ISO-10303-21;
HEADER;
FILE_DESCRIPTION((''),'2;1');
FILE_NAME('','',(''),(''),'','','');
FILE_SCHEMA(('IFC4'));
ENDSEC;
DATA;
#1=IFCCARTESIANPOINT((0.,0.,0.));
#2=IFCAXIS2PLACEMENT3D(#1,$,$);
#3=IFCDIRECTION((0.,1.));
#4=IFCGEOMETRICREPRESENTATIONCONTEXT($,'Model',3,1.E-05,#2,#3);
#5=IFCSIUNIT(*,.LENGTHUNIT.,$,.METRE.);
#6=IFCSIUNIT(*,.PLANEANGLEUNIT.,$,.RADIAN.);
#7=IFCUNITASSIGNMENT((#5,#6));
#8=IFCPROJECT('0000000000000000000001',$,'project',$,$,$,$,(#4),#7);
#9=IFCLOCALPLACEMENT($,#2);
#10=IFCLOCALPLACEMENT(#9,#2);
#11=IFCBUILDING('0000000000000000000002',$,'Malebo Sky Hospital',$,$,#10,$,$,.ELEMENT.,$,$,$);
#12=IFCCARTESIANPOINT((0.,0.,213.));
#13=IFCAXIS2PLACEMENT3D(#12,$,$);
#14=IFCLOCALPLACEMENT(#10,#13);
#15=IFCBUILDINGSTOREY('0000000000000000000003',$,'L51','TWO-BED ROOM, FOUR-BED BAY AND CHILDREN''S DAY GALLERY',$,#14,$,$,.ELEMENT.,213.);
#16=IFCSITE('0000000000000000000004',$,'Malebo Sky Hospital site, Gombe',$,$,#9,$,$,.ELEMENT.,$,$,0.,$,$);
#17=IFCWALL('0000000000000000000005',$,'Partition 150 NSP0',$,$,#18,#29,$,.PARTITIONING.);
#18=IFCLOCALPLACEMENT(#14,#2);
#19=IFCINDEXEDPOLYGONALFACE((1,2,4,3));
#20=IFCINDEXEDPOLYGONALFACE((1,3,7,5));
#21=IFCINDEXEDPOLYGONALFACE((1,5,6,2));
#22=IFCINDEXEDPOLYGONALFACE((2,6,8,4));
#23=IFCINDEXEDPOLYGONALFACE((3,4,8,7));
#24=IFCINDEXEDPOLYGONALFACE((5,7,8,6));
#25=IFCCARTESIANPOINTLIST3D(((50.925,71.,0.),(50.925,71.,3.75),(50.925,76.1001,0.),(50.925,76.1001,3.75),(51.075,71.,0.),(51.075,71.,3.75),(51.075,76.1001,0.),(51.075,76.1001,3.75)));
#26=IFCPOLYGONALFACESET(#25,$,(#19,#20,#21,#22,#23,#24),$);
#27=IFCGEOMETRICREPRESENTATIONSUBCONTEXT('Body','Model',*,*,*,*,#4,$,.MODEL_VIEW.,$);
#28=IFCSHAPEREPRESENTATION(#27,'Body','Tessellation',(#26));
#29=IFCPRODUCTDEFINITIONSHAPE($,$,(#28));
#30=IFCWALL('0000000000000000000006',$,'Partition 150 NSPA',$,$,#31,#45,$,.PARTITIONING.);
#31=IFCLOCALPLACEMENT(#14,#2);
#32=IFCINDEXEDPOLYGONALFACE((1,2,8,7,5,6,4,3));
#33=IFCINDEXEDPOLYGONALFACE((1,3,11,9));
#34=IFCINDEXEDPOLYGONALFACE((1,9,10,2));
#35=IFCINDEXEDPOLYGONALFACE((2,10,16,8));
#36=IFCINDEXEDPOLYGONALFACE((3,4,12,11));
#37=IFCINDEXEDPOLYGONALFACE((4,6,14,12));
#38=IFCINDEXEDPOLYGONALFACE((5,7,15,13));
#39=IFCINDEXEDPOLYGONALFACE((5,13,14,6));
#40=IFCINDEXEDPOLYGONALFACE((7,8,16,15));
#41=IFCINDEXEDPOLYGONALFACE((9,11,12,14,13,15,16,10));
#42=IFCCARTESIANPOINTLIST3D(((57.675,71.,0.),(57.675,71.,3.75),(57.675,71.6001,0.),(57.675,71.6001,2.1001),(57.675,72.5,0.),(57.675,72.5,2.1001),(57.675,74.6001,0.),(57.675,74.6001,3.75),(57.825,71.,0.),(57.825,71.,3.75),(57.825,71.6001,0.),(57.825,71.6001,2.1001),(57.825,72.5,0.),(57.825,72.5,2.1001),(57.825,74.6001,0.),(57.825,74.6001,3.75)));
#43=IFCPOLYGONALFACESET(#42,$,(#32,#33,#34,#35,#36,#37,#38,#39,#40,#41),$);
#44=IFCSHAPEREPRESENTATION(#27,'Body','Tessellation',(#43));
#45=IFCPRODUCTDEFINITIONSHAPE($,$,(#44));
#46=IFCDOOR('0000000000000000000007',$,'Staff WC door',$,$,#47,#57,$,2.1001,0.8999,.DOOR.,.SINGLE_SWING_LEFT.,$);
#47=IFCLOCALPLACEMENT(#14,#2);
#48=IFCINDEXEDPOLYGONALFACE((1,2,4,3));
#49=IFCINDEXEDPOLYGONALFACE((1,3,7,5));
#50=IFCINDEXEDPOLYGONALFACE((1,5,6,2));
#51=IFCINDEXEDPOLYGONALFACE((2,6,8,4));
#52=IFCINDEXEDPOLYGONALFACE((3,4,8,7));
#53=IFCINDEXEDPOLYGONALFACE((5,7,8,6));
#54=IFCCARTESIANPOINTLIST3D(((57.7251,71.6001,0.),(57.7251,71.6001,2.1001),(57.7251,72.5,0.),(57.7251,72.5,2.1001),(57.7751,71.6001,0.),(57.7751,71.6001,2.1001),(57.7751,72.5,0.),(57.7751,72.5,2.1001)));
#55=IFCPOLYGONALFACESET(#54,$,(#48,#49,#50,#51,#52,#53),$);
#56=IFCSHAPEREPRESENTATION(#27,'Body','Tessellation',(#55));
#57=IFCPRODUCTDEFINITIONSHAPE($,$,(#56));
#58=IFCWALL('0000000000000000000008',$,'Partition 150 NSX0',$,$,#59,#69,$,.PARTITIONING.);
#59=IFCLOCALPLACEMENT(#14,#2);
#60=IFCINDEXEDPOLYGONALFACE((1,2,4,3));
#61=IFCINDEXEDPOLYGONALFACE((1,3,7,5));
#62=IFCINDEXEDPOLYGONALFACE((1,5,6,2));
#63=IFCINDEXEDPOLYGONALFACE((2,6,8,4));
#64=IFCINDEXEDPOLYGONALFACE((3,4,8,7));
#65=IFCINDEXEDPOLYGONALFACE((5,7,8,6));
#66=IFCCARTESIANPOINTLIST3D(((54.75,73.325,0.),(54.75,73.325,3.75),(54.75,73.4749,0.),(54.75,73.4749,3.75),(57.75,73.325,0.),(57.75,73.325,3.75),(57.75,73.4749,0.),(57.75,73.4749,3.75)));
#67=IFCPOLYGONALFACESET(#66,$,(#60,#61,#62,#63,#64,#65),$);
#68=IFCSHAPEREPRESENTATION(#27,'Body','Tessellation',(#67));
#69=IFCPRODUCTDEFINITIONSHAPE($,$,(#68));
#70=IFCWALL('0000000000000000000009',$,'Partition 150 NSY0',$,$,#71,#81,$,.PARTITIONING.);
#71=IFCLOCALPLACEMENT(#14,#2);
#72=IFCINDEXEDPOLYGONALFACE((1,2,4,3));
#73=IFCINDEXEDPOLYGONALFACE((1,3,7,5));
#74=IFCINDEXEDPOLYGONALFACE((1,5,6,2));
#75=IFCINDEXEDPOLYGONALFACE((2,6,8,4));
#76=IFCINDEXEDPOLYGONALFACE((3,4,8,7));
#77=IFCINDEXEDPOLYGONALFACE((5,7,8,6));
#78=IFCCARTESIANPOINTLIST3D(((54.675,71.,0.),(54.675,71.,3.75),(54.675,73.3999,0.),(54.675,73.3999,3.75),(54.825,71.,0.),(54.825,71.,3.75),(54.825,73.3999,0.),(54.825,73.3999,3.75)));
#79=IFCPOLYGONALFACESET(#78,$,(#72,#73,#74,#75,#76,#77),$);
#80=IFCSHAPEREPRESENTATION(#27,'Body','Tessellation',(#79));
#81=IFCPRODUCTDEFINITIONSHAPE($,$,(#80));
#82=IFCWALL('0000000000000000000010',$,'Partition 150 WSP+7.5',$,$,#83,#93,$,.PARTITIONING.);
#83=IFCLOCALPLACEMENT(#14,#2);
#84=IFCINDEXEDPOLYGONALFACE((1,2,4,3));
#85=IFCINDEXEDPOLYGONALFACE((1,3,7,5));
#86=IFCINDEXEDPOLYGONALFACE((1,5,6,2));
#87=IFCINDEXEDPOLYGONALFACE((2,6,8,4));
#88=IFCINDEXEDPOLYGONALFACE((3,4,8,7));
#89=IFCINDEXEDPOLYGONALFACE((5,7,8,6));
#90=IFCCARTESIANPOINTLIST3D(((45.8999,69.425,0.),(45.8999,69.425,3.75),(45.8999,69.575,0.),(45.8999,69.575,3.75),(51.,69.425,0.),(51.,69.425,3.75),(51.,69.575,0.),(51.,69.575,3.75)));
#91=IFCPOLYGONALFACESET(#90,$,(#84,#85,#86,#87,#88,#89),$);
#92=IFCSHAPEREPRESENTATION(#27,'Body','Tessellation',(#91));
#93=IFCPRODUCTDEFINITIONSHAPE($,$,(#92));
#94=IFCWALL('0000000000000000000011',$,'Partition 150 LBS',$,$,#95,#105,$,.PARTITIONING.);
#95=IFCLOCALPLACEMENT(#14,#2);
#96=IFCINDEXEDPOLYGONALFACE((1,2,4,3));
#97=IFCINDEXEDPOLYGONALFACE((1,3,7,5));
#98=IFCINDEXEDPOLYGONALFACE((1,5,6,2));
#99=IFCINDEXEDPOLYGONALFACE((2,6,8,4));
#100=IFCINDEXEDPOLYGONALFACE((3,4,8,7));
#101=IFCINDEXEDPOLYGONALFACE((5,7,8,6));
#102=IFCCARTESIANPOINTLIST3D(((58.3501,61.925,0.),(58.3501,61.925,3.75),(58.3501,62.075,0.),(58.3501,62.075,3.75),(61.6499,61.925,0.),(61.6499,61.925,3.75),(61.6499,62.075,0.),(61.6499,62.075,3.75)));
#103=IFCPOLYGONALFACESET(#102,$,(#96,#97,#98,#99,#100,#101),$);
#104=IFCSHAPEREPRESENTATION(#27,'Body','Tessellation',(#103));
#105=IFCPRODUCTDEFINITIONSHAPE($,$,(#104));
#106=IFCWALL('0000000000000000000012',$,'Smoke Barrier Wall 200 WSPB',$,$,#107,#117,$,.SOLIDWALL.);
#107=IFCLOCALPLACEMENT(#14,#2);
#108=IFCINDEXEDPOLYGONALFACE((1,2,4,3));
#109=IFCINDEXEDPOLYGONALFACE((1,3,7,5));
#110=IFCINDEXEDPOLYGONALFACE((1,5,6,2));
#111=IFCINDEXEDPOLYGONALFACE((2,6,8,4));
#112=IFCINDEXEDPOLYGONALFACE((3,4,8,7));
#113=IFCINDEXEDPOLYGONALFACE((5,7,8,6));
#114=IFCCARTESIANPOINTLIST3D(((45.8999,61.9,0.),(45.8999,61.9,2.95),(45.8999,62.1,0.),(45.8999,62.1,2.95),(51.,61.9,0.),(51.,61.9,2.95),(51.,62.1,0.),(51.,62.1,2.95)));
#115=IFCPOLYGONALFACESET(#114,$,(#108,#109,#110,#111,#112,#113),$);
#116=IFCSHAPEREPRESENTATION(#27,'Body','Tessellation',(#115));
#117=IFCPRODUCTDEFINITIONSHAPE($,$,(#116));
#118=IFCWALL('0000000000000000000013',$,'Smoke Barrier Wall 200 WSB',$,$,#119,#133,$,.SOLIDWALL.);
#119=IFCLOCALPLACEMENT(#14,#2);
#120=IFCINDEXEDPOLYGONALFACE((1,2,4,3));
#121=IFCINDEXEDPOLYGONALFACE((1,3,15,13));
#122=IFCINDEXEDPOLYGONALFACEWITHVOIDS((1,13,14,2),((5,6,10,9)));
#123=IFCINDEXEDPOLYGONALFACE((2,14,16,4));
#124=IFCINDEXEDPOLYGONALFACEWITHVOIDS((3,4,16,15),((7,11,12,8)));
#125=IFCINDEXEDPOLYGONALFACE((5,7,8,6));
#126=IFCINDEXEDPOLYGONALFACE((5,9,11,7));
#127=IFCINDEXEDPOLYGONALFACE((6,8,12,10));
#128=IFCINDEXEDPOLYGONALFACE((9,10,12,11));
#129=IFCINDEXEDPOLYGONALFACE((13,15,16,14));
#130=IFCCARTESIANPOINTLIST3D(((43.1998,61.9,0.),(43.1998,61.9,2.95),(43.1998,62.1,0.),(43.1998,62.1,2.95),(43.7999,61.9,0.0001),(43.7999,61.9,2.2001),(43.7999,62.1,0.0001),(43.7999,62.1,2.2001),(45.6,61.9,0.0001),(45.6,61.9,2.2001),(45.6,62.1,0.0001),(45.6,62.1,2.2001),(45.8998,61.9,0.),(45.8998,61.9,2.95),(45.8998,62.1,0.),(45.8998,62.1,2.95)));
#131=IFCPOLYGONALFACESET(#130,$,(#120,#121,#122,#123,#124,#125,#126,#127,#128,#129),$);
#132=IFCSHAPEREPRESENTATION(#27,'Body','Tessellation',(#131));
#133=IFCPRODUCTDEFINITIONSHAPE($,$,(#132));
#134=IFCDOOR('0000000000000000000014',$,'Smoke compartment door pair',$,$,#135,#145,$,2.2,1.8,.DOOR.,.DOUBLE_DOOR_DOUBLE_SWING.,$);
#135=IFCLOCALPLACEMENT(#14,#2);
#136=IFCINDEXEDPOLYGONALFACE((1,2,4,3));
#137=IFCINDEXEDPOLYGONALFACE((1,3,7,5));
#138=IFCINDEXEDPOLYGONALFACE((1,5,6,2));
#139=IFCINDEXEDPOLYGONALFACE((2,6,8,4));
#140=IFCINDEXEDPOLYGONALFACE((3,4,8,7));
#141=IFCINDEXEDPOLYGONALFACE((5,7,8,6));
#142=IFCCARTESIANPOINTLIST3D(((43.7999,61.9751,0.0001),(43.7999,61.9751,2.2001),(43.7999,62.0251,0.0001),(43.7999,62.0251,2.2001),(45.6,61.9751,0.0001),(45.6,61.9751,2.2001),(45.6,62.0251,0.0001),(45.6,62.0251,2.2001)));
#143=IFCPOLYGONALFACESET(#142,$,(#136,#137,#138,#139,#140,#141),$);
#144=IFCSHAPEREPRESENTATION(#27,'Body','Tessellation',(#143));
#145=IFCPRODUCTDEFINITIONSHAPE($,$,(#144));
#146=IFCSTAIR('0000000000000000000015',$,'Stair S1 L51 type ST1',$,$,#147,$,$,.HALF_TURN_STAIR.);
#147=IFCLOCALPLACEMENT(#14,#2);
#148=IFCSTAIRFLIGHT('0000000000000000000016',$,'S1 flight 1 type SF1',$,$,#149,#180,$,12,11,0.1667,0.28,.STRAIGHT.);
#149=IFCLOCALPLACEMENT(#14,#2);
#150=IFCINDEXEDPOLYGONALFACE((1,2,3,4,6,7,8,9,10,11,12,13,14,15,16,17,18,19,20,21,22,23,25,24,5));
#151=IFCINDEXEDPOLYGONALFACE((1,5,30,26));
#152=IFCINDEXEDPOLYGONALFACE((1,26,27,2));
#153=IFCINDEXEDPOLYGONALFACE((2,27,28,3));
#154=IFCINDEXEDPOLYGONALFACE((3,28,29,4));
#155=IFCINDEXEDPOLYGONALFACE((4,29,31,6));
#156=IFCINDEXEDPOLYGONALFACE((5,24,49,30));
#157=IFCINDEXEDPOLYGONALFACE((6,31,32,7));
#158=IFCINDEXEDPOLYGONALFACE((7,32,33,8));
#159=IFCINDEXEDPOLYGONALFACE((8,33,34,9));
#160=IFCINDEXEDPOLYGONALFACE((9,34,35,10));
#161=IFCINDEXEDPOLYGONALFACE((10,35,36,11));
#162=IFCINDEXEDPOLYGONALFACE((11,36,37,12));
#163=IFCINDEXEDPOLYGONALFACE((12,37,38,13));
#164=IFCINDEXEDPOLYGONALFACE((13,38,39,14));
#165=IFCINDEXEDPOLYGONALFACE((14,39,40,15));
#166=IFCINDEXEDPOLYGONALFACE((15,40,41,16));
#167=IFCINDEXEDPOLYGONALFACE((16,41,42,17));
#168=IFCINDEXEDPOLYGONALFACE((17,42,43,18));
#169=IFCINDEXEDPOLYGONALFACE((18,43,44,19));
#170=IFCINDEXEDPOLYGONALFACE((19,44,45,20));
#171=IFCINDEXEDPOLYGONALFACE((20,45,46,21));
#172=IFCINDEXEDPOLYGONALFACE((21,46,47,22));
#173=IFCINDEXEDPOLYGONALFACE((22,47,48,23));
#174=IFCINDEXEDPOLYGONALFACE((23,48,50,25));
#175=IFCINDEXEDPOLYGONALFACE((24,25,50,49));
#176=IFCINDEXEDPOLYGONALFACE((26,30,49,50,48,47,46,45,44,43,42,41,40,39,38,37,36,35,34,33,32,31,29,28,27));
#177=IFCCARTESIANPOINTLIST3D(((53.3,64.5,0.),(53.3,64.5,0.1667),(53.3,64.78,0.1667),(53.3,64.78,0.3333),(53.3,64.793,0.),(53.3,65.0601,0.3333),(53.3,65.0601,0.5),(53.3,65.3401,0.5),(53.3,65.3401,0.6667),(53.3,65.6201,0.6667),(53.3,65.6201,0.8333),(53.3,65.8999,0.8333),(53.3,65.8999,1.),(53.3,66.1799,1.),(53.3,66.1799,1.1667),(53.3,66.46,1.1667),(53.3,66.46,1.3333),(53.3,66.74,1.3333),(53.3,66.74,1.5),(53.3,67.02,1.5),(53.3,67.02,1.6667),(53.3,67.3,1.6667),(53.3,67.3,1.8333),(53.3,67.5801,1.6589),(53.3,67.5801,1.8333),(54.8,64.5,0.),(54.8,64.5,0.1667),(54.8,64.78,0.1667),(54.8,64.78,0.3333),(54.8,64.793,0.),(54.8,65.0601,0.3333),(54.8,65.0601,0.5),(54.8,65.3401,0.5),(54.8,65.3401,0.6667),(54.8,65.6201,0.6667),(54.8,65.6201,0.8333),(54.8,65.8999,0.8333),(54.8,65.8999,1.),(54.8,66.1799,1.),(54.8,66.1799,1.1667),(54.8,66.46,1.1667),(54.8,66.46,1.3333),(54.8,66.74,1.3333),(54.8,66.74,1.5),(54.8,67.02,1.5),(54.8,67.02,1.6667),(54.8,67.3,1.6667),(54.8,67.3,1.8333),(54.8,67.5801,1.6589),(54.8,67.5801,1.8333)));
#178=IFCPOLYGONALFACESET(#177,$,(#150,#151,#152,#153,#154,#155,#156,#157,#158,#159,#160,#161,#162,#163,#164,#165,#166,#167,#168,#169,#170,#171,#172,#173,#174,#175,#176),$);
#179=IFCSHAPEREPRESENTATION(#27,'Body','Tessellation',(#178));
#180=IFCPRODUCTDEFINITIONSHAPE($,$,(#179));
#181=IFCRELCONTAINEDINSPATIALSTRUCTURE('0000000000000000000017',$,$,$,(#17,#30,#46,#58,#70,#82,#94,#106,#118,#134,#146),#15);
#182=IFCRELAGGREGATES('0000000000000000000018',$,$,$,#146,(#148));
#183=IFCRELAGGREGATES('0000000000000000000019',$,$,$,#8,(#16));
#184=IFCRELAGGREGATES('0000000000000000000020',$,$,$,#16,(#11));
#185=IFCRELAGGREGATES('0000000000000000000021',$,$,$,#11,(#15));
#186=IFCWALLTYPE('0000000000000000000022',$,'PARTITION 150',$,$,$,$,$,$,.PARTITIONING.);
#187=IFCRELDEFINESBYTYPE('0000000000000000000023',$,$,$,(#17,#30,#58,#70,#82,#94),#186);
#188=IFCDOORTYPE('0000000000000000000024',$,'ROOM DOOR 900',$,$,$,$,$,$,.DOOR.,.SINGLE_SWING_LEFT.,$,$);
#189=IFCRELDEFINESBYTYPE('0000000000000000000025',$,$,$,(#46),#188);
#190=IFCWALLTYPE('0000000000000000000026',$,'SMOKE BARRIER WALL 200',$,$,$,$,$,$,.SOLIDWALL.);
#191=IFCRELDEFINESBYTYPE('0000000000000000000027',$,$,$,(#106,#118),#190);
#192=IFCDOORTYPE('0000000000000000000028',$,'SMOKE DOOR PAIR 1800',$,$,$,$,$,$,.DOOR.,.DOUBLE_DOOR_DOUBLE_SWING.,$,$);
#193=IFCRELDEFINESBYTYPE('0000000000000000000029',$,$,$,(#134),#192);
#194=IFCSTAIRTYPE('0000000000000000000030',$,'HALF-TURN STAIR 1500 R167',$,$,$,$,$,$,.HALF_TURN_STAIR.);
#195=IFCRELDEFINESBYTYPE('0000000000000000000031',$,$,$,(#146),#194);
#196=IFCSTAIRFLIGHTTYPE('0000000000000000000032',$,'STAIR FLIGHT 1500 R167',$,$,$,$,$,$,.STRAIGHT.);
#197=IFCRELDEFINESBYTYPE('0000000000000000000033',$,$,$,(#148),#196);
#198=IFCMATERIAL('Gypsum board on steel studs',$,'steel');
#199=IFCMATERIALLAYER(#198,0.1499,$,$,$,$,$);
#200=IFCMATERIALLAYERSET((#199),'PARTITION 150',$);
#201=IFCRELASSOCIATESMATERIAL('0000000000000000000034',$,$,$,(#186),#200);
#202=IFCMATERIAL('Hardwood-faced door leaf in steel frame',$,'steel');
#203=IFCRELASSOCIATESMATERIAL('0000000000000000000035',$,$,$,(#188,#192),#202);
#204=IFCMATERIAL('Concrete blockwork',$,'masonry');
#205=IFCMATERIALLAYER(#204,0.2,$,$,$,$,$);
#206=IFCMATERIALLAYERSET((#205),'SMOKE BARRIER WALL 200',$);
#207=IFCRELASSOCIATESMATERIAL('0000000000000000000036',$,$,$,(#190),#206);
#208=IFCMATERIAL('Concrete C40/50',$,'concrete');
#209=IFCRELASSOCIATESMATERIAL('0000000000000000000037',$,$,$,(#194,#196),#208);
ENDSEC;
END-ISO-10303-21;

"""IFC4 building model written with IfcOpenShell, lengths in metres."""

from ifc_helpers import new_model, si_unit, direction, frame, frame_2d, origin, place, context, subcontext, project, spatial, polyline, rectangle, outline, extrude, material, layer, layer_set, type_object, element, fill, aggregate, save


model = new_model("IFC4")

# Units and contexts
model_context = context("Model", 3, precision=1e-05, world=origin(), true_north=direction((0.0, 1.0)))
body_context = subcontext(model_context, "Body", "Model", "MODEL_VIEW")
ifc_project = project(units=[si_unit("LENGTHUNIT", "METRE"), si_unit("PLANEANGLEUNIT", "RADIAN")], contexts=[model_context])

# Site, building, storey
site_placement = place(None, origin())
site = spatial("IfcSite", under=ifc_project, at=site_placement, Name="Malebo Sky Hospital site, Gombe", CompositionType="ELEMENT", RefElevation=0.0)
building_placement = place(site_placement, origin())
building = spatial("IfcBuilding", under=site, at=building_placement, Name="Malebo Sky Hospital", CompositionType="ELEMENT")
storey_placement = place(building_placement, frame((0.0, 0.0, 213.0)))
storey = spatial("IfcBuildingStorey", under=building, at=storey_placement, Name="L51", Description="TWO-BED ROOM, FOUR-BED BAY AND CHILDREN'S DAY GALLERY", CompositionType="ELEMENT", Elevation=213.0)

# Shared definitions
ifc_material_1 = material(Name="Hardwood-faced door leaf in steel frame", Category="steel")
ifc_material_2 = material(Name="Gypsum board on steel studs", Category="steel")

# Wall
ifc_layer_1 = layer(ifc_material_2, 0.1499)
ifc_layer_set_1 = layer_set([ifc_layer_1], Name="PARTITION 150")
wall_type_1 = type_object("IfcWallType", Name="PARTITION 150", PredefinedType="PARTITIONING", material=ifc_layer_set_1)
wall_1_placement = place(storey_placement, frame((51.0, 71.0, 0.0), z_axis=(0.0, 0.0, 1.0), x_axis=(0.0, 1.0, 0.0)))
element("IfcWall", 1, at=wall_1_placement, inside=storey, type_object=wall_type_1, Name="Partition 150 NSP0", PredefinedType="PARTITIONING", context=body_context, shape_type="SweptSolid", body=[
    extrude(rectangle(XDim=5.1001, YDim=0.1499, at=frame_2d((2.55, 0.0))), origin(), (0.0, 0.0, 1.0), 3.75),
])

# Wall, opening, door
wall_2_placement = place(storey_placement, frame((57.75, 71.0, 0.0), z_axis=(0.0, 0.0, 1.0), x_axis=(0.0, 1.0, 0.0)))
wall_2 = element("IfcWall", 2, at=wall_2_placement, inside=storey, type_object=wall_type_1, Name="Partition 150 NSPA", PredefinedType="PARTITIONING", context=body_context, shape_type="SweptSolid", body=[
    extrude(rectangle(XDim=3.6001, YDim=0.1499, at=frame_2d((1.8, 0.0))), origin(), (0.0, 0.0, 1.0), 3.75),
])
opening_1_placement = place(wall_2_placement, frame((0.6001, 0.0, 0.0)))
opening_1 = element("IfcOpeningElement", 3, at=opening_1_placement, cuts=wall_2, PredefinedType="OPENING", context=body_context, shape_type="SweptSolid", body=[
    extrude(rectangle(XDim=0.8999, YDim=2.1001, at=frame_2d((0.45, 1.05))), frame((0.0, 0.085, 0.0), z_axis=(0.0, -1.0, 0.0), x_axis=(1.0, 0.0, 0.0)), (0.0, 0.0, 1.0), 0.1699),
])
door_type_1 = type_object("IfcDoorType", Name="ROOM DOOR 900", OperationType="SINGLE_SWING_LEFT", PredefinedType="DOOR", material=ifc_material_1)
door_1_placement = place(opening_1_placement, origin())
door_1 = element("IfcDoor", 4, at=door_1_placement, inside=storey, type_object=door_type_1, Name="Staff WC door", OperationType="SINGLE_SWING_LEFT", OverallHeight=2.1001, OverallWidth=0.8999, PredefinedType="DOOR", context=body_context, shape_type="SweptSolid", body=[
    extrude(rectangle(XDim=0.8999, YDim=2.1001, at=frame_2d((0.45, 1.05))), frame((0.0, 0.0249, 0.0), z_axis=(0.0, -1.0, 0.0), x_axis=(1.0, 0.0, 0.0)), (0.0, 0.0, 1.0), 0.05),
])
fill(opening_1, door_1)

# Walls
wall_3_placement = place(storey_placement, frame((54.75, 73.3999, 0.0), z_axis=(0.0, 0.0, 1.0), x_axis=(1.0, 0.0, 0.0)))
element("IfcWall", 5, at=wall_3_placement, inside=storey, type_object=wall_type_1, Name="Partition 150 NSX0", PredefinedType="PARTITIONING", context=body_context, shape_type="SweptSolid", body=[
    extrude(rectangle(XDim=3.0, YDim=0.1499, at=frame_2d((1.5, 0.0))), origin(), (0.0, 0.0, 1.0), 3.75),
])
wall_4_placement = place(storey_placement, frame((54.75, 71.0, 0.0), z_axis=(0.0, 0.0, 1.0), x_axis=(0.0, 1.0, 0.0)))
element("IfcWall", 6, at=wall_4_placement, inside=storey, type_object=wall_type_1, Name="Partition 150 NSY0", PredefinedType="PARTITIONING", context=body_context, shape_type="SweptSolid", body=[
    extrude(rectangle(XDim=2.3999, YDim=0.1499, at=frame_2d((1.2, 0.0))), origin(), (0.0, 0.0, 1.0), 3.75),
])
wall_5_placement = place(storey_placement, frame((51.0, 69.5, 0.0), z_axis=(0.0, 0.0, 1.0), x_axis=(-1.0, 0.0, 0.0)))
element("IfcWall", 7, at=wall_5_placement, inside=storey, type_object=wall_type_1, Name="Partition 150 WSP+7.5", PredefinedType="PARTITIONING", context=body_context, shape_type="SweptSolid", body=[
    extrude(rectangle(XDim=5.1001, YDim=0.1499, at=frame_2d((2.55, 0.0))), origin(), (0.0, 0.0, 1.0), 3.75),
])
wall_6_placement = place(storey_placement, frame((58.3501, 62.0, 0.0), z_axis=(0.0, 0.0, 1.0), x_axis=(1.0, 0.0, 0.0)))
element("IfcWall", 8, at=wall_6_placement, inside=storey, type_object=wall_type_1, Name="Partition 150 LBS", PredefinedType="PARTITIONING", context=body_context, shape_type="SweptSolid", body=[
    extrude(rectangle(XDim=3.2998, YDim=0.1499, at=frame_2d((1.6499, 0.0))), origin(), (0.0, 0.0, 1.0), 3.75),
])
ifc_material_3 = material(Name="Concrete blockwork", Category="masonry")
ifc_layer_2 = layer(ifc_material_3, 0.2)
ifc_layer_set_2 = layer_set([ifc_layer_2], Name="SMOKE BARRIER WALL 200")
wall_type_2 = type_object("IfcWallType", Name="SMOKE BARRIER WALL 200", PredefinedType="SOLIDWALL", material=ifc_layer_set_2)
wall_7_placement = place(storey_placement, frame((51.0, 62.0, 0.0), z_axis=(0.0, 0.0, 1.0), x_axis=(-1.0, 0.0, 0.0)))
element("IfcWall", 9, at=wall_7_placement, inside=storey, type_object=wall_type_2, Name="Smoke Barrier Wall 200 WSPB", PredefinedType="SOLIDWALL", context=body_context, shape_type="SweptSolid", body=[
    extrude(rectangle(XDim=5.1001, YDim=0.2, at=frame_2d((2.55, 0.0))), origin(), (0.0, 0.0, 1.0), 2.95),
])

# Wall, opening, door
wall_8_placement = place(storey_placement, frame((45.8999, 62.0, 0.0), z_axis=(0.0, 0.0, 1.0), x_axis=(-1.0, 0.0, 0.0)))
wall_8 = element("IfcWall", 10, at=wall_8_placement, inside=storey, type_object=wall_type_2, Name="Smoke Barrier Wall 200 WSB", PredefinedType="SOLIDWALL", context=body_context, shape_type="SweptSolid", body=[
    extrude(rectangle(XDim=2.7, YDim=0.2, at=frame_2d((1.3501, 0.0))), origin(), (0.0, 0.0, 1.0), 2.95),
])
opening_2_placement = place(wall_8_placement, frame((0.3, 0.0, 0.0)))
opening_2 = element("IfcOpeningElement", 11, at=opening_2_placement, cuts=wall_8, PredefinedType="OPENING", context=body_context, shape_type="SweptSolid", body=[
    extrude(rectangle(XDim=1.8, YDim=2.2, at=frame_2d((0.8999, 1.1001))), frame((0.0, 0.1099, 0.0), z_axis=(0.0, -1.0, 0.0), x_axis=(1.0, 0.0, 0.0)), (0.0, 0.0, 1.0), 0.22),
])
door_type_2 = type_object("IfcDoorType", Name="SMOKE DOOR PAIR 1800", OperationType="DOUBLE_DOOR_DOUBLE_SWING", PredefinedType="DOOR", material=ifc_material_1)
door_2_placement = place(opening_2_placement, origin())
door_2 = element("IfcDoor", 12, at=door_2_placement, inside=storey, type_object=door_type_2, Name="Smoke compartment door pair", OperationType="DOUBLE_DOOR_DOUBLE_SWING", OverallHeight=2.2, OverallWidth=1.8, PredefinedType="DOOR", context=body_context, shape_type="SweptSolid", body=[
    extrude(rectangle(XDim=1.8, YDim=2.2, at=frame_2d((0.8999, 1.1001))), frame((0.0, 0.0249, 0.0), z_axis=(0.0, -1.0, 0.0), x_axis=(1.0, 0.0, 0.0)), (0.0, 0.0, 1.0), 0.05),
])
fill(opening_2, door_2)

# Stair, stair flight
ifc_material_4 = material(Name="Concrete C40/50", Category="concrete")
stair_type = type_object("IfcStairType", Name="HALF-TURN STAIR 1500 R167", PredefinedType="HALF_TURN_STAIR", material=ifc_material_4)
stair_placement = place(storey_placement, origin())
stair = element("IfcStair", 13, at=stair_placement, inside=storey, type_object=stair_type, Name="Stair S1 L51 type ST1", PredefinedType="HALF_TURN_STAIR")
stair_flight_type = type_object("IfcStairFlightType", Name="STAIR FLIGHT 1500 R167", PredefinedType="STRAIGHT", material=ifc_material_4)
stair_flight_1_placement = place(storey_placement, frame((54.05, 64.5, 0.0), z_axis=(0.0, 0.0, 1.0), x_axis=(0.0, 1.0, 0.0)))
stair_flight_1 = element("IfcStairFlight", 14, at=stair_flight_1_placement, type_object=stair_flight_type, Name="S1 flight 1 type SF1", NumberOfRisers=12, NumberOfTreads=11, PredefinedType="STRAIGHT", RiserHeight=0.1667, TreadLength=0.28, context=body_context, shape_type="SweptSolid", body=[
    extrude(outline(polyline([(0.0, 0.0), (0.0, 0.1667), (0.28, 0.1667), (0.28, 0.3333), (0.5601, 0.3333), (0.5601, 0.5), (0.8401, 0.5), (0.8401, 0.6667), (1.1201, 0.6667), (1.1201, 0.8333), (1.3999, 0.8333), (1.3999, 1.0), (1.6799, 1.0), (1.6799, 1.1667), (1.96, 1.1667), (1.96, 1.3333), (2.24, 1.3333), (2.24, 1.5), (2.52, 1.5), (2.52, 1.6667), (2.8, 1.6667), (2.8, 1.8333), (3.0801, 1.8333), (3.0801, 2.0), (3.0801, 1.6589), (0.293, 0.0), (0.0, 0.0)])), frame((0.0, 0.75, 0.0), z_axis=(0.0, -1.0, 0.0), x_axis=(1.0, 0.0, 0.0)), (0.0, 0.0, 1.0), 1.5),
])
aggregate(stair, [stair_flight_1])

save(model, "model.ifc")
